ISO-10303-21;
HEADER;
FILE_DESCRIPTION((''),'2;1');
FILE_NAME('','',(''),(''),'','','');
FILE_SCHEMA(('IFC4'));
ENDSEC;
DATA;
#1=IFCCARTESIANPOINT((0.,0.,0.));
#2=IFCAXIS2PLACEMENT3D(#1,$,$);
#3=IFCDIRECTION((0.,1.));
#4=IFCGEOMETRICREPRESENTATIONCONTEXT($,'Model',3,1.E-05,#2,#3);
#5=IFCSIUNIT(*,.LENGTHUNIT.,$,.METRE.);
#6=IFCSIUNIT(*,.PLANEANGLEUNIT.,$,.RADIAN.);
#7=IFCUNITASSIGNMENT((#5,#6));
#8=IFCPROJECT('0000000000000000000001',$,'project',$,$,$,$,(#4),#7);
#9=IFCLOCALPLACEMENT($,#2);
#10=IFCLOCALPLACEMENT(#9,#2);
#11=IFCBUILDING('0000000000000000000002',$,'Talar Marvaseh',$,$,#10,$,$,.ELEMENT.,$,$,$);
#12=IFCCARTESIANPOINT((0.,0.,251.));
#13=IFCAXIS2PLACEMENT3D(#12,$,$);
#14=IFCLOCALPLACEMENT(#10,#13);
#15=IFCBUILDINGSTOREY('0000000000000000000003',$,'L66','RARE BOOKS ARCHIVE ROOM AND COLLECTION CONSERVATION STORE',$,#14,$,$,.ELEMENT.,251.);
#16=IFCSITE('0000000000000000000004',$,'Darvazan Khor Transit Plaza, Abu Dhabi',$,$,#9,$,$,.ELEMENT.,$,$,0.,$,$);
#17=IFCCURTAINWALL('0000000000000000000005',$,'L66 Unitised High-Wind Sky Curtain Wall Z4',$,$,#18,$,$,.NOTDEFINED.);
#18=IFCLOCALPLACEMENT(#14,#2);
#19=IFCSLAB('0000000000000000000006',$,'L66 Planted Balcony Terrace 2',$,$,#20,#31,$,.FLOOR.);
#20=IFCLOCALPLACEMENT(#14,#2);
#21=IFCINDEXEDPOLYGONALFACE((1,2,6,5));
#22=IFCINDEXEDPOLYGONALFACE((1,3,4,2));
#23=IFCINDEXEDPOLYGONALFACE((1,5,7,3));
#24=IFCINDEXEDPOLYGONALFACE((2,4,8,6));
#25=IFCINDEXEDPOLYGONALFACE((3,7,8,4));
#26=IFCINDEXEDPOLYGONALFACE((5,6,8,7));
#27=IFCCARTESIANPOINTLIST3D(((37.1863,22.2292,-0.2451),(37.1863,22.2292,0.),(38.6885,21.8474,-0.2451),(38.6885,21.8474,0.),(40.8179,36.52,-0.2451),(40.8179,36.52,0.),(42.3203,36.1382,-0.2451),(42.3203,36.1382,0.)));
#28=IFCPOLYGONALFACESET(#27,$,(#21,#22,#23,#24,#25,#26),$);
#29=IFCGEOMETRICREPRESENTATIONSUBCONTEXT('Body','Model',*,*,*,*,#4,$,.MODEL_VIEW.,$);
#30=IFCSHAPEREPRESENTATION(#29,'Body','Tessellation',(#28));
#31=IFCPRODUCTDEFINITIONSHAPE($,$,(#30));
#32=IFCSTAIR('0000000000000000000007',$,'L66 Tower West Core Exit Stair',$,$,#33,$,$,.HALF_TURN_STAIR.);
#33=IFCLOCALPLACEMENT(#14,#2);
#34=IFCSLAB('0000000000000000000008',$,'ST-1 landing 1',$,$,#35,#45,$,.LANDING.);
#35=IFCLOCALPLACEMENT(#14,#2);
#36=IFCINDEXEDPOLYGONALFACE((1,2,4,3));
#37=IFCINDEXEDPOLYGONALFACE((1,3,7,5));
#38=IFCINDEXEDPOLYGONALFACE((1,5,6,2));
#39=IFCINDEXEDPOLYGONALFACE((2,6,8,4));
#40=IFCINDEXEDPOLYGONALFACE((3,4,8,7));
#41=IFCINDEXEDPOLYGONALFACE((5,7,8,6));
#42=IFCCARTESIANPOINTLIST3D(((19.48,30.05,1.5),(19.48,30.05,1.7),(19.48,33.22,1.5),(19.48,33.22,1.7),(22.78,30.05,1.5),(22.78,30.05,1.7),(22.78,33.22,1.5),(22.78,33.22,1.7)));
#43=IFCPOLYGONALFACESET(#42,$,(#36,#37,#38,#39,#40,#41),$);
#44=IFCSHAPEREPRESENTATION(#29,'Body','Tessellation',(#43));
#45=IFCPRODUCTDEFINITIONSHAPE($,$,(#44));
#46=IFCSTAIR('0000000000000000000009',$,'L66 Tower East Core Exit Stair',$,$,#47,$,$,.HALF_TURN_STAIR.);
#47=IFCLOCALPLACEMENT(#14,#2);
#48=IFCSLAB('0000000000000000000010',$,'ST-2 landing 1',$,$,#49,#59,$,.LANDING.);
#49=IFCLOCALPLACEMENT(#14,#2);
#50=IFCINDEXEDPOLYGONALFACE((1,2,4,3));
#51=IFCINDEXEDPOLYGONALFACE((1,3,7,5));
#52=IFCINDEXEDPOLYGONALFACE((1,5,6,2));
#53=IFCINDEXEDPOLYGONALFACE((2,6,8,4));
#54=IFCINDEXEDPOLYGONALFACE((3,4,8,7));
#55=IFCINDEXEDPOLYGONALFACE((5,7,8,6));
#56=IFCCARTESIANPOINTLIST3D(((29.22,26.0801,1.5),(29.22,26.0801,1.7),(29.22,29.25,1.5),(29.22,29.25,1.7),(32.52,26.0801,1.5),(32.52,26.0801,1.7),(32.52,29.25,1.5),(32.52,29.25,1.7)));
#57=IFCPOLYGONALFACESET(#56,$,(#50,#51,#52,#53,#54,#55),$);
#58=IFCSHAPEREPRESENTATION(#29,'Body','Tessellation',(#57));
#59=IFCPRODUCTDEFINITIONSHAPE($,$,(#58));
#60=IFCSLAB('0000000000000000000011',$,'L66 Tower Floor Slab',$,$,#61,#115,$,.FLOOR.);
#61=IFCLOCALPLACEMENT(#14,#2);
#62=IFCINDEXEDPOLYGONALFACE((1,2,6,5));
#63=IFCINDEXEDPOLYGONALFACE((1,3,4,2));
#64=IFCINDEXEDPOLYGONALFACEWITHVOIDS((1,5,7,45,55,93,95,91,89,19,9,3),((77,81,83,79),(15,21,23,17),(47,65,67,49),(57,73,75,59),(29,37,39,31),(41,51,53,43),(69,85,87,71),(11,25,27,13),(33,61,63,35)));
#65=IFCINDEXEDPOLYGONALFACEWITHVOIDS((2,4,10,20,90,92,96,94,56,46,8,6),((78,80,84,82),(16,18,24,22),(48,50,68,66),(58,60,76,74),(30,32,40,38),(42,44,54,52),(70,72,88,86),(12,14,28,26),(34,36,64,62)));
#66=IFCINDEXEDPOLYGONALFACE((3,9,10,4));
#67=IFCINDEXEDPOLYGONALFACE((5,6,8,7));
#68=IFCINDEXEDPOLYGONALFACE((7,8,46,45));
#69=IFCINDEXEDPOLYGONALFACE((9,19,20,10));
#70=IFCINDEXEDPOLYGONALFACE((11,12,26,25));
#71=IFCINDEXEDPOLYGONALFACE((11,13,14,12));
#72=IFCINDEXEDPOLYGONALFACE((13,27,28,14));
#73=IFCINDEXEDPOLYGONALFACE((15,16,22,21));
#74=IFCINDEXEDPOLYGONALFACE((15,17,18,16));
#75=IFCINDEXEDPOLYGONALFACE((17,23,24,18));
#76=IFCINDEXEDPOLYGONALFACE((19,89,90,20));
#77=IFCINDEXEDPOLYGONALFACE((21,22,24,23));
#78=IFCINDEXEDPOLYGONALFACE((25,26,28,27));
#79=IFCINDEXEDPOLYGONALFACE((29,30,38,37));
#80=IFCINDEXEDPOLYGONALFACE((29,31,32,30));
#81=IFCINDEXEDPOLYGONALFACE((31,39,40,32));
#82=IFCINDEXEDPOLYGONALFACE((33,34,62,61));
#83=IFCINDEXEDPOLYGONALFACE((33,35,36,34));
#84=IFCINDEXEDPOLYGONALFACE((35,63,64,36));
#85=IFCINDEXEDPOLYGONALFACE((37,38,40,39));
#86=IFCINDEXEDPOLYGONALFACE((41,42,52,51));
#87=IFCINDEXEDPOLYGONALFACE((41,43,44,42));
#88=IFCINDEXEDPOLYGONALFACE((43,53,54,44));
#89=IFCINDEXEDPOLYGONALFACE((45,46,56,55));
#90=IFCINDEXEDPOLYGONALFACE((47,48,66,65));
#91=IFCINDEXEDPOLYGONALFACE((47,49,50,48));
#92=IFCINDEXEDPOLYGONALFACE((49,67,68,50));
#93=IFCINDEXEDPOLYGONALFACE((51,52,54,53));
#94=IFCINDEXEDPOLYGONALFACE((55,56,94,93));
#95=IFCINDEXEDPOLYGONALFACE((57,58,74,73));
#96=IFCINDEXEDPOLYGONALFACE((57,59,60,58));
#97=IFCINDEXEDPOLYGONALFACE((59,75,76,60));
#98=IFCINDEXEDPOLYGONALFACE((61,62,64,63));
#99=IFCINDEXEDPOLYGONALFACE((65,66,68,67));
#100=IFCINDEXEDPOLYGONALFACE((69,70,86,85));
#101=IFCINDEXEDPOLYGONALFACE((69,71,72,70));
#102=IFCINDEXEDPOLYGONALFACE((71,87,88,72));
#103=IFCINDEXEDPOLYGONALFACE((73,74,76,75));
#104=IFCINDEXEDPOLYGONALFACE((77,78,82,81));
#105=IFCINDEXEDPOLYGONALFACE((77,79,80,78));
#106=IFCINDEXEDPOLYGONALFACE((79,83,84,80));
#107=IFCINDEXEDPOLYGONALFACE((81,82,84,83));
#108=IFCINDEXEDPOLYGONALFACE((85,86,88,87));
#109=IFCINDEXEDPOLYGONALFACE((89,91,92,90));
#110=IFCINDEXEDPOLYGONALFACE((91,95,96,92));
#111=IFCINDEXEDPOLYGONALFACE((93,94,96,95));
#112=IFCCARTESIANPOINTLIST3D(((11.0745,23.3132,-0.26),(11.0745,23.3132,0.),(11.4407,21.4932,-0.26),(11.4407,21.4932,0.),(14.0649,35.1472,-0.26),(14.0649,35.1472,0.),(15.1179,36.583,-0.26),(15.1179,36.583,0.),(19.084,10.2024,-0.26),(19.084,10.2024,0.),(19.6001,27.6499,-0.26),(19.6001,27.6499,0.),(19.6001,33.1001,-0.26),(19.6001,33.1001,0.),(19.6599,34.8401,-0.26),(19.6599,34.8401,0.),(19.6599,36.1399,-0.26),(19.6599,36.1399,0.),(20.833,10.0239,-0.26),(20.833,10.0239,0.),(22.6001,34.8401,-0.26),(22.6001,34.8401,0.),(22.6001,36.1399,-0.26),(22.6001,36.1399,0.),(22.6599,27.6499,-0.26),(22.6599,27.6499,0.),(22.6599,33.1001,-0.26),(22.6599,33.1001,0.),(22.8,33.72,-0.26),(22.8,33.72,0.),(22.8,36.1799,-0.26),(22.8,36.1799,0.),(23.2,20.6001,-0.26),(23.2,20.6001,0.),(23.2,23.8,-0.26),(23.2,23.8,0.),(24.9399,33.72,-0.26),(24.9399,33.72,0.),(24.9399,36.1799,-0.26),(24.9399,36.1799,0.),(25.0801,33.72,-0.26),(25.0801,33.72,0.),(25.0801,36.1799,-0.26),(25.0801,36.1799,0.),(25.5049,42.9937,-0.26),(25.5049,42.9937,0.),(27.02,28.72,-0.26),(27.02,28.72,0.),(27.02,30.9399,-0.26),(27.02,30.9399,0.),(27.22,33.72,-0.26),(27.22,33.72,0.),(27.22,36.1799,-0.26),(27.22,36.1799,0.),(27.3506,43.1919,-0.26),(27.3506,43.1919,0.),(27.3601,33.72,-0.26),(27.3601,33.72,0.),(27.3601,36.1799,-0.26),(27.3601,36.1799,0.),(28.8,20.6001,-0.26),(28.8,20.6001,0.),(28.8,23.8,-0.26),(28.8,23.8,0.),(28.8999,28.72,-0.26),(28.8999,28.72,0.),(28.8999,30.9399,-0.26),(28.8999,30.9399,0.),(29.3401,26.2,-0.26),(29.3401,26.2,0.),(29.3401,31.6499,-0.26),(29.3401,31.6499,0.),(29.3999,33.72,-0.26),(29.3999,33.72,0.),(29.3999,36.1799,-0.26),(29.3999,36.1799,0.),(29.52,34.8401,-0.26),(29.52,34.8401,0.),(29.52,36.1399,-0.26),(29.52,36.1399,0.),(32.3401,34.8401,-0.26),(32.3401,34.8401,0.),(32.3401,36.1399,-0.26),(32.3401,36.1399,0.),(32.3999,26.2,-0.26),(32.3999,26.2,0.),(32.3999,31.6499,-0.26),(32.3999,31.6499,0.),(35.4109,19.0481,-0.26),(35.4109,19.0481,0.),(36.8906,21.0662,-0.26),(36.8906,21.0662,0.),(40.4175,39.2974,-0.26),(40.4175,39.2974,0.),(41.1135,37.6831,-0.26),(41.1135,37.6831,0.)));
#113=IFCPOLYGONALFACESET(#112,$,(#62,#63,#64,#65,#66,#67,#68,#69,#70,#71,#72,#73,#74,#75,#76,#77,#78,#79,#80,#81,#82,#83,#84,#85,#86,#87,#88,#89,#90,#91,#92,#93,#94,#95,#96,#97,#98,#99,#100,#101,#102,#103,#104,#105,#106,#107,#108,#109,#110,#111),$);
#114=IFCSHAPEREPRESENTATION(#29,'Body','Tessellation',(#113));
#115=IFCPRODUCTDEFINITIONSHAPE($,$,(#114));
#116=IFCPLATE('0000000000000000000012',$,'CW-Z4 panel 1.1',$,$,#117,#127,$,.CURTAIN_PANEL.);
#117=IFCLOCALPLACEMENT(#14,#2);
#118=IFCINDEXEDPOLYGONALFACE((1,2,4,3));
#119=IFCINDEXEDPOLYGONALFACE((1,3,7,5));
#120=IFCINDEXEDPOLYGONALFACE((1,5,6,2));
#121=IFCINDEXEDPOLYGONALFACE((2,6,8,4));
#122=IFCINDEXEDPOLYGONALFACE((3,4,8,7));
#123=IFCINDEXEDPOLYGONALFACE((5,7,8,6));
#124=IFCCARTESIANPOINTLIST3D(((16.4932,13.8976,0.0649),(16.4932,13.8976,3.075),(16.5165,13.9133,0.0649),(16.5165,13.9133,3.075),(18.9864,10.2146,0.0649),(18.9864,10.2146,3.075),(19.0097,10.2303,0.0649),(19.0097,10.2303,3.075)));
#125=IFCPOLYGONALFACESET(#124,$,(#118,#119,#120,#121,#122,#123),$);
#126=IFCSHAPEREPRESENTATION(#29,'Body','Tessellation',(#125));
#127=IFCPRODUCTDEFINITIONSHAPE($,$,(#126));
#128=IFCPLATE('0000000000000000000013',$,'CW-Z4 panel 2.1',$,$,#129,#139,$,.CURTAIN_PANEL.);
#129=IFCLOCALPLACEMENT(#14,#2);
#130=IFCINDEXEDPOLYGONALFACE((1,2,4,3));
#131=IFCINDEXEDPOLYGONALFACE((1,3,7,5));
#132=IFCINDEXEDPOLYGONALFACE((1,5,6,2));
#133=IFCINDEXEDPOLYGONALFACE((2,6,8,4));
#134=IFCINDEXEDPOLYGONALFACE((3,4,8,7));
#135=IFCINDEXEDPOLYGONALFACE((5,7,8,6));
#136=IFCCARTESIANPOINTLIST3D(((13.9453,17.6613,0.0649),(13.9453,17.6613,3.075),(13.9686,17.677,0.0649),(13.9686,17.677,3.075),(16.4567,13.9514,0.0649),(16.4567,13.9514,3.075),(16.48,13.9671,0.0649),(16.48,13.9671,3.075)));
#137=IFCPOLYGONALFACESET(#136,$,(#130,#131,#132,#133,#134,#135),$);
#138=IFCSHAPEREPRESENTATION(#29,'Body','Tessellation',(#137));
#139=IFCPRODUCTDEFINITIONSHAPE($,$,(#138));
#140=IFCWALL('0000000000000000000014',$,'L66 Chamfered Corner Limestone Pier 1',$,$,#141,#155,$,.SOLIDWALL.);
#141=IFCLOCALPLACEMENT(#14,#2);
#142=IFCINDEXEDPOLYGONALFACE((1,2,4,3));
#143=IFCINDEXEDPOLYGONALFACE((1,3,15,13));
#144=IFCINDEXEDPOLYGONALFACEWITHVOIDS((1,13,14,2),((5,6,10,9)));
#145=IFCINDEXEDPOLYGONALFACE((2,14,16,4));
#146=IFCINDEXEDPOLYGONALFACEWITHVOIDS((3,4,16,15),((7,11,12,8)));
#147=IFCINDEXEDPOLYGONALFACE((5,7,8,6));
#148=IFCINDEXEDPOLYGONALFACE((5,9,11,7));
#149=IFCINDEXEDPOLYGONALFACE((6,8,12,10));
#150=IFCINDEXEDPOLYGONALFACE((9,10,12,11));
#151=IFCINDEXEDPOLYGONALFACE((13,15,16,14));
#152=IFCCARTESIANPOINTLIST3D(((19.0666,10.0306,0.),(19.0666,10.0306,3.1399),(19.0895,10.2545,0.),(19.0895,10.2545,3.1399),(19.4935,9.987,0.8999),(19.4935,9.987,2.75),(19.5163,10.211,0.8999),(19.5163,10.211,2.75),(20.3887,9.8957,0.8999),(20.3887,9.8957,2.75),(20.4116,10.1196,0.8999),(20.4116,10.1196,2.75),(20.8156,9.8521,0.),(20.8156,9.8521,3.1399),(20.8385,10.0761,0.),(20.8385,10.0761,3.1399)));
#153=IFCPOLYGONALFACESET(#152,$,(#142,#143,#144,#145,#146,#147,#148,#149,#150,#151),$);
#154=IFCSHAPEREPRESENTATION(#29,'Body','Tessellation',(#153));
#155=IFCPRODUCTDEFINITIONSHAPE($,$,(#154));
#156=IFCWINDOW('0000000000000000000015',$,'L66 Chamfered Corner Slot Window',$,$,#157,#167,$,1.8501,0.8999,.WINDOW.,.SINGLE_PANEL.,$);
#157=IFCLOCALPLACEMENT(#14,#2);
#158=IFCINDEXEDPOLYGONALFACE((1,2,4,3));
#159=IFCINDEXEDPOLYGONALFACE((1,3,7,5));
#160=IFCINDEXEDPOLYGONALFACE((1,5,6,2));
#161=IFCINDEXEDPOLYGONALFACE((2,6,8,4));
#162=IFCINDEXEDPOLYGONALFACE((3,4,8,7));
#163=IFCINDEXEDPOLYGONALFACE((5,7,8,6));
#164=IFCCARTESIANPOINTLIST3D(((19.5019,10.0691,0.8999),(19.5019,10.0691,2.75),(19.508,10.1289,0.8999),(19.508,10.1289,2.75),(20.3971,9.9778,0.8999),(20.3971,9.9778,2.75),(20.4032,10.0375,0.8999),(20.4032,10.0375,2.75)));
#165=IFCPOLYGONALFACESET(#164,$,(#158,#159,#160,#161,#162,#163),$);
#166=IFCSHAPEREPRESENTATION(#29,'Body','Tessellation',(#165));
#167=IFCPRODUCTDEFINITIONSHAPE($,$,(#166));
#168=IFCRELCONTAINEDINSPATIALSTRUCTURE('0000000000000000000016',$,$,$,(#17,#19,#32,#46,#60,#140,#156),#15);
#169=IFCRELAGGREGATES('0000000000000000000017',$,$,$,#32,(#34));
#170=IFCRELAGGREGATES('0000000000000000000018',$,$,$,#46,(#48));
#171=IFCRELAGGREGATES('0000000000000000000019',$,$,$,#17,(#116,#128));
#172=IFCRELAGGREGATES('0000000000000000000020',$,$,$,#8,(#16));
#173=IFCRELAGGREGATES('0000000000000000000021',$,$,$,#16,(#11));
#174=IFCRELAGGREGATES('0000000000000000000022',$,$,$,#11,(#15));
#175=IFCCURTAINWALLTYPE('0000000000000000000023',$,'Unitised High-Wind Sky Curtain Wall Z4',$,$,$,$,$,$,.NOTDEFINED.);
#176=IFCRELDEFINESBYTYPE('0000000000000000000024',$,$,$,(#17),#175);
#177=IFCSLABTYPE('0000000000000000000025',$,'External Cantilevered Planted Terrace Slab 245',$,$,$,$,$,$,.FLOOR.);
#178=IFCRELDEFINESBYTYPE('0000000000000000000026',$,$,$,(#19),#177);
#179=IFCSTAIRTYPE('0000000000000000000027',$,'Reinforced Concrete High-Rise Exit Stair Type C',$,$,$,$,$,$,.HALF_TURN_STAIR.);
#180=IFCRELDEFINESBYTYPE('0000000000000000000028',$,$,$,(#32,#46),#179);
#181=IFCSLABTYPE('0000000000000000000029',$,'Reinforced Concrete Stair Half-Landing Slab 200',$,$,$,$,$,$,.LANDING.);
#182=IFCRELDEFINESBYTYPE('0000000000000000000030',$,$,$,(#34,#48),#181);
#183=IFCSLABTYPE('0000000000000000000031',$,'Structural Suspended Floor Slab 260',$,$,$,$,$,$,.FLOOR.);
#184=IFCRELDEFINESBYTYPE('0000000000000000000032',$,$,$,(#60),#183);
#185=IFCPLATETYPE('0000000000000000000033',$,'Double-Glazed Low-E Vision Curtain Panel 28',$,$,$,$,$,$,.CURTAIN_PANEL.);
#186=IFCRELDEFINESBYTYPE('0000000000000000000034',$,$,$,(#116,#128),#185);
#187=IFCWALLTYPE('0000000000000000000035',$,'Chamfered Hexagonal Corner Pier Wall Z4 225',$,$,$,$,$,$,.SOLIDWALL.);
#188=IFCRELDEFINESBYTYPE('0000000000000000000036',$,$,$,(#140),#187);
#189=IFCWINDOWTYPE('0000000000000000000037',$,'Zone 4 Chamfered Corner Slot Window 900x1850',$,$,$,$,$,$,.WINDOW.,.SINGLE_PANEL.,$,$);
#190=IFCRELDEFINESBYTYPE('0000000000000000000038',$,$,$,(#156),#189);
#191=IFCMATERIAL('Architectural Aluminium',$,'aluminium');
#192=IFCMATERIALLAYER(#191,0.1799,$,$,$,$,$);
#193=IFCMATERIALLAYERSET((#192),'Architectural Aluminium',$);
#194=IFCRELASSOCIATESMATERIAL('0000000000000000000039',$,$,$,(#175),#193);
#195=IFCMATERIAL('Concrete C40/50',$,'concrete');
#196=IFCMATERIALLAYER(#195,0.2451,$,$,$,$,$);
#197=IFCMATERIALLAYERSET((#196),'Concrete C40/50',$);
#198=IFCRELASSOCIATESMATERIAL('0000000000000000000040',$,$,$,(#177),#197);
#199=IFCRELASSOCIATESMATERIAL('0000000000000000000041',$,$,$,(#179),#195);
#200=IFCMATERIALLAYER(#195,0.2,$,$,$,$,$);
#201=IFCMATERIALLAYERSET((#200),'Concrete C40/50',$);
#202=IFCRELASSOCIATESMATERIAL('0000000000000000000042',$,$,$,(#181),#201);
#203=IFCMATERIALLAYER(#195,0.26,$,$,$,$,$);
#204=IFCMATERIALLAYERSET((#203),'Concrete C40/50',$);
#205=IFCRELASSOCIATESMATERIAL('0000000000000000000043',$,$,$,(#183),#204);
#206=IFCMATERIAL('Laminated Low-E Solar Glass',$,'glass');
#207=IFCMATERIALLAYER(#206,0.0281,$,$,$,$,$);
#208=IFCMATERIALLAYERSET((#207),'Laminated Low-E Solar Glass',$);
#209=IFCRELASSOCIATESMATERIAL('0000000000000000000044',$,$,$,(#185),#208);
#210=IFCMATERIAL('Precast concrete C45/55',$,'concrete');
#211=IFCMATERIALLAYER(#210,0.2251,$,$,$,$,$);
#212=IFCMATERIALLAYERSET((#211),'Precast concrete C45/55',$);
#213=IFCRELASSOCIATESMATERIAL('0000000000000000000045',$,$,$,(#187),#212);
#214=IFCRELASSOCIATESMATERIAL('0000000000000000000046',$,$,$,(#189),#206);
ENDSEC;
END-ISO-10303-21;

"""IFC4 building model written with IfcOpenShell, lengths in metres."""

from ifc_helpers import new_model, si_unit, direction, frame, frame_2d, origin, origin_2d, place, context, subcontext, project, spatial, polyline, rectangle, outline, extrude, source, transform, mapped, material, layer, layer_set, type_object, type_shapes, element, fill, aggregate, save


model = new_model("IFC4")

# Units and contexts
model_context = context("Model", 3, precision=1e-05, world=origin(), true_north=direction((0.0, 1.0)))
body_context = subcontext(model_context, "Body", "Model", "MODEL_VIEW")
ifc_project = project(units=[si_unit("LENGTHUNIT", "METRE"), si_unit("PLANEANGLEUNIT", "RADIAN")], contexts=[model_context])

# Site, building, storey
site_placement = place(None, origin())
site = spatial("IfcSite", under=ifc_project, at=site_placement, Name="Darvazan Khor Transit Plaza, Abu Dhabi", CompositionType="ELEMENT", RefElevation=0.0)
building_placement = place(site_placement, origin())
building = spatial("IfcBuilding", under=site, at=building_placement, Name="Talar Marvaseh", CompositionType="ELEMENT")
storey_placement = place(building_placement, frame((0.0, 0.0, 251.0)))
storey = spatial("IfcBuildingStorey", under=building, at=storey_placement, Name="L66", Description="RARE BOOKS ARCHIVE ROOM AND COLLECTION CONSERVATION STORE", CompositionType="ELEMENT", Elevation=251.0)

# Curtain wall
ifc_material_1 = material(Name="Architectural Aluminium", Category="aluminium")
ifc_layer_1 = layer(ifc_material_1, 0.1799)
ifc_layer_set_1 = layer_set([ifc_layer_1], Name="Architectural Aluminium")
curtain_wall_type = type_object("IfcCurtainWallType", Name="Unitised High-Wind Sky Curtain Wall Z4", PredefinedType="NOTDEFINED", material=ifc_layer_set_1)
curtain_wall_1_placement = place(storey_placement, origin())
curtain_wall_1 = element("IfcCurtainWall", 1, at=curtain_wall_1_placement, inside=storey, type_object=curtain_wall_type, Name="L66 Unitised High-Wind Sky Curtain Wall Z4", PredefinedType="NOTDEFINED")

# Slab
ifc_material_2 = material(Name="Concrete C40/50", Category="concrete")
ifc_layer_2 = layer(ifc_material_2, 0.2451)
ifc_layer_set_2 = layer_set([ifc_layer_2], Name="Concrete C40/50")
slab_type_1 = type_object("IfcSlabType", Name="External Cantilevered Planted Terrace Slab 245", PredefinedType="FLOOR", material=ifc_layer_set_2)
slab_1_placement = place(storey_placement, frame((0.0, 0.0, -0.2451)))
element("IfcSlab", 2, at=slab_1_placement, inside=storey, type_object=slab_type_1, Name="L66 Planted Balcony Terrace 2", PredefinedType="FLOOR", context=body_context, shape_type="SweptSolid", body=[
    extrude(outline(polyline([(40.8179, 36.52), (37.1863, 22.2292), (38.6885, 21.8474), (42.3203, 36.1382), (40.8179, 36.52)])), origin(), (0.0, 0.0, 1.0), 0.2451),
])

# Stairs, slabs
stair_type = type_object("IfcStairType", Name="Reinforced Concrete High-Rise Exit Stair Type C", PredefinedType="HALF_TURN_STAIR", material=ifc_material_2)
stair_1_placement = place(storey_placement, origin())
stair_1 = element("IfcStair", 3, at=stair_1_placement, inside=storey, type_object=stair_type, Name="L66 Tower West Core Exit Stair", PredefinedType="HALF_TURN_STAIR")
ifc_layer_3 = layer(ifc_material_2, 0.2)
ifc_layer_set_3 = layer_set([ifc_layer_3], Name="Concrete C40/50")
slab_type_2 = type_object("IfcSlabType", Name="Reinforced Concrete Stair Half-Landing Slab 200", PredefinedType="LANDING", material=ifc_layer_set_3)
slab_2_placement = place(storey_placement, frame((0.0, 0.0, 1.5)))
slab_2 = element("IfcSlab", 4, at=slab_2_placement, type_object=slab_type_2, Name="ST-1 landing 1", PredefinedType="LANDING", context=body_context, shape_type="SweptSolid", body=[
    extrude(outline(polyline([(22.78, 30.05), (22.78, 33.22), (19.48, 33.22), (19.48, 30.05), (22.78, 30.05)])), origin(), (0.0, 0.0, 1.0), 0.2),
])
aggregate(stair_1, [slab_2])
stair_2_placement = place(storey_placement, origin())
stair_2 = element("IfcStair", 5, at=stair_2_placement, inside=storey, type_object=stair_type, Name="L66 Tower East Core Exit Stair", PredefinedType="HALF_TURN_STAIR")
slab_3_placement = place(storey_placement, frame((0.0, 0.0, 1.5)))
slab_3 = element("IfcSlab", 6, at=slab_3_placement, type_object=slab_type_2, Name="ST-2 landing 1", PredefinedType="LANDING", context=body_context, shape_type="SweptSolid", body=[
    extrude(outline(polyline([(29.22, 29.25), (29.22, 26.0801), (32.52, 26.0801), (32.52, 29.25), (29.22, 29.25)])), origin(), (0.0, 0.0, 1.0), 0.2),
])
aggregate(stair_2, [slab_3])

# Slab
ifc_layer_4 = layer(ifc_material_2, 0.26)
ifc_layer_set_4 = layer_set([ifc_layer_4], Name="Concrete C40/50")
slab_type_3 = type_object("IfcSlabType", Name="Structural Suspended Floor Slab 260", PredefinedType="FLOOR", material=ifc_layer_set_4)
slab_4_placement = place(storey_placement, frame((0.0, 0.0, -0.26)))
element("IfcSlab", 7, at=slab_4_placement, inside=storey, type_object=slab_type_3, Name="L66 Tower Floor Slab", PredefinedType="FLOOR", context=body_context, shape_type="SweptSolid", body=[
    extrude(outline(polyline([(20.833, 10.0239), (19.084, 10.2024), (11.4407, 21.4932), (11.0745, 23.3132), (14.0649, 35.1472), (15.1179, 36.583), (25.5049, 42.9937), (27.3506, 43.1919), (40.4175, 39.2974), (41.1135, 37.6831), (36.8906, 21.0662), (35.4109, 19.0481), (20.833, 10.0239)]), holes=[polyline([(22.6599, 27.6499), (22.6599, 33.1001), (19.6001, 33.1001), (19.6001, 27.6499), (22.6599, 27.6499)]), polyline([(29.3401, 31.6499), (29.3401, 26.2), (32.3999, 26.2), (32.3999, 31.6499), (29.3401, 31.6499)]), polyline([(22.8, 33.72), (24.9399, 33.72), (24.9399, 36.1799), (22.8, 36.1799), (22.8, 33.72)]), polyline([(25.0801, 33.72), (27.22, 33.72), (27.22, 36.1799), (25.0801, 36.1799), (25.0801, 33.72)]), polyline([(27.3601, 33.72), (29.3999, 33.72), (29.3999, 36.1799), (27.3601, 36.1799), (27.3601, 33.72)]), polyline([(27.02, 28.72), (28.8999, 28.72), (28.8999, 30.9399), (27.02, 30.9399), (27.02, 28.72)]), polyline([(19.6599, 34.8401), (22.6001, 34.8401), (22.6001, 36.1399), (19.6599, 36.1399), (19.6599, 34.8401)]), polyline([(29.52, 34.8401), (32.3401, 34.8401), (32.3401, 36.1399), (29.52, 36.1399), (29.52, 34.8401)]), polyline([(23.2, 20.6001), (28.8, 20.6001), (28.8, 23.8), (23.2, 23.8), (23.2, 20.6001)])]), origin(), (0.0, 0.0, 1.0), 0.26),
])

# Plates
ifc_material_3 = material(Name="Laminated Low-E Solar Glass", Category="glass")
ifc_layer_5 = layer(ifc_material_3, 0.0281)
ifc_layer_set_5 = layer_set([ifc_layer_5], Name="Laminated Low-E Solar Glass")
plate_type = type_object("IfcPlateType", Name="Double-Glazed Low-E Vision Curtain Panel 28", PredefinedType="CURTAIN_PANEL", material=ifc_layer_set_5)
shared_shape_1 = source(origin(), body_context, "Body", "SweptSolid", [
    extrude(rectangle(XDim=4.4475, YDim=0.0281, at=origin_2d()), origin(), (0.0, 0.0, 1.0), 3.01),
])
plate_1_placement = place(storey_placement, frame((17.7515, 12.064, 0.0649), z_axis=(0.0, 0.0, 1.0), x_axis=(-0.560583, 0.828098, 0.0)))
plate_1 = element("IfcPlate", 8, at=plate_1_placement, type_object=plate_type, Name="CW-Z4 panel 1.1", PredefinedType="CURTAIN_PANEL", context=body_context, shape_type="MappedRepresentation", body=[
    mapped(shared_shape_1, transform((0.0, 0.0, 0.0), x_axis=(1.0, 0.0, 0.0), y_axis=(0.0, 1.0, 0.0), z_axis=(0.0, 0.0, 1.0), scale=1.0)),
])
shared_shape_2 = source(origin(), body_context, "Body", "SweptSolid", [
    extrude(rectangle(XDim=4.48, YDim=0.0281, at=origin_2d()), origin(), (0.0, 0.0, 1.0), 3.01),
])
type_shapes(plate_type, [shared_shape_1, shared_shape_2])
plate_2_placement = place(storey_placement, frame((15.2126, 15.8142, 0.0649), z_axis=(0.0, 0.0, 1.0), x_axis=(-0.560583, 0.828098, 0.0)))
plate_2 = element("IfcPlate", 9, at=plate_2_placement, type_object=plate_type, Name="CW-Z4 panel 2.1", PredefinedType="CURTAIN_PANEL", context=body_context, shape_type="MappedRepresentation", body=[
    mapped(shared_shape_2, transform((0.0, 0.0, 0.0), x_axis=(1.0, 0.0, 0.0), y_axis=(0.0, 1.0, 0.0), z_axis=(0.0, 0.0, 1.0), scale=1.0)),
])
aggregate(curtain_wall_1, [plate_1, plate_2])

# Wall, opening, window
ifc_material_4 = material(Name="Precast concrete C45/55", Category="concrete")
ifc_layer_6 = layer(ifc_material_4, 0.2251)
ifc_layer_set_6 = layer_set([ifc_layer_6], Name="Precast concrete C45/55")
wall_type = type_object("IfcWallType", Name="Chamfered Hexagonal Corner Pier Wall Z4 225", PredefinedType="SOLIDWALL", material=ifc_layer_set_6)
wall_placement = place(storey_placement, frame((20.8269, 9.9641, 0.0), z_axis=(0.0, 0.0, 1.0), x_axis=(-0.994834, 0.101511, 0.0)))
wall = element("IfcWall", 10, at=wall_placement, inside=storey, type_object=wall_type, Name="L66 Chamfered Corner Limestone Pier 1", PredefinedType="SOLIDWALL", context=body_context, shape_type="SweptSolid", body=[
    extrude(rectangle(XDim=1.7581, YDim=0.2251, at=frame_2d((0.8789, 0.0))), origin(), (0.0, 0.0, 1.0), 3.1399),
])
opening_placement = place(wall_placement, frame((0.429, 0.0, 0.8999)))
opening = element("IfcOpeningElement", 11, at=opening_placement, cuts=wall, PredefinedType="OPENING", context=body_context, shape_type="SweptSolid", body=[
    extrude(rectangle(XDim=0.8999, YDim=1.8501, at=frame_2d((0.45, 0.925))), frame((0.0, 0.1226, 0.0), z_axis=(0.0, -1.0, 0.0), x_axis=(1.0, 0.0, 0.0)), (0.0, 0.0, 1.0), 0.2451),
])
window_type = type_object("IfcWindowType", Name="Zone 4 Chamfered Corner Slot Window 900x1850", PartitioningType="SINGLE_PANEL", PredefinedType="WINDOW", material=ifc_material_3)
shared_shape_3 = source(origin(), body_context, "Body", "SweptSolid", [
    extrude(rectangle(XDim=0.8999, YDim=1.8501, at=frame_2d((0.45, 0.925))), frame((0.0, 0.03, 0.0), z_axis=(0.0, -1.0, 0.0), x_axis=(1.0, 0.0, 0.0)), (0.0, 0.0, 1.0), 0.0601),
])
type_shapes(window_type, [shared_shape_3])
window_placement = place(opening_placement, origin())
window = element("IfcWindow", 12, at=window_placement, inside=storey, type_object=window_type, Name="L66 Chamfered Corner Slot Window", OverallHeight=1.8501, OverallWidth=0.8999, PartitioningType="SINGLE_PANEL", PredefinedType="WINDOW", context=body_context, shape_type="MappedRepresentation", body=[
    mapped(shared_shape_3, transform((0.0, 0.0, 0.0), x_axis=(1.0, 0.0, 0.0), y_axis=(0.0, 1.0, 0.0), z_axis=(0.0, 0.0, 1.0), scale=1.0)),
])
fill(opening, window)

save(model, "model.ifc")
